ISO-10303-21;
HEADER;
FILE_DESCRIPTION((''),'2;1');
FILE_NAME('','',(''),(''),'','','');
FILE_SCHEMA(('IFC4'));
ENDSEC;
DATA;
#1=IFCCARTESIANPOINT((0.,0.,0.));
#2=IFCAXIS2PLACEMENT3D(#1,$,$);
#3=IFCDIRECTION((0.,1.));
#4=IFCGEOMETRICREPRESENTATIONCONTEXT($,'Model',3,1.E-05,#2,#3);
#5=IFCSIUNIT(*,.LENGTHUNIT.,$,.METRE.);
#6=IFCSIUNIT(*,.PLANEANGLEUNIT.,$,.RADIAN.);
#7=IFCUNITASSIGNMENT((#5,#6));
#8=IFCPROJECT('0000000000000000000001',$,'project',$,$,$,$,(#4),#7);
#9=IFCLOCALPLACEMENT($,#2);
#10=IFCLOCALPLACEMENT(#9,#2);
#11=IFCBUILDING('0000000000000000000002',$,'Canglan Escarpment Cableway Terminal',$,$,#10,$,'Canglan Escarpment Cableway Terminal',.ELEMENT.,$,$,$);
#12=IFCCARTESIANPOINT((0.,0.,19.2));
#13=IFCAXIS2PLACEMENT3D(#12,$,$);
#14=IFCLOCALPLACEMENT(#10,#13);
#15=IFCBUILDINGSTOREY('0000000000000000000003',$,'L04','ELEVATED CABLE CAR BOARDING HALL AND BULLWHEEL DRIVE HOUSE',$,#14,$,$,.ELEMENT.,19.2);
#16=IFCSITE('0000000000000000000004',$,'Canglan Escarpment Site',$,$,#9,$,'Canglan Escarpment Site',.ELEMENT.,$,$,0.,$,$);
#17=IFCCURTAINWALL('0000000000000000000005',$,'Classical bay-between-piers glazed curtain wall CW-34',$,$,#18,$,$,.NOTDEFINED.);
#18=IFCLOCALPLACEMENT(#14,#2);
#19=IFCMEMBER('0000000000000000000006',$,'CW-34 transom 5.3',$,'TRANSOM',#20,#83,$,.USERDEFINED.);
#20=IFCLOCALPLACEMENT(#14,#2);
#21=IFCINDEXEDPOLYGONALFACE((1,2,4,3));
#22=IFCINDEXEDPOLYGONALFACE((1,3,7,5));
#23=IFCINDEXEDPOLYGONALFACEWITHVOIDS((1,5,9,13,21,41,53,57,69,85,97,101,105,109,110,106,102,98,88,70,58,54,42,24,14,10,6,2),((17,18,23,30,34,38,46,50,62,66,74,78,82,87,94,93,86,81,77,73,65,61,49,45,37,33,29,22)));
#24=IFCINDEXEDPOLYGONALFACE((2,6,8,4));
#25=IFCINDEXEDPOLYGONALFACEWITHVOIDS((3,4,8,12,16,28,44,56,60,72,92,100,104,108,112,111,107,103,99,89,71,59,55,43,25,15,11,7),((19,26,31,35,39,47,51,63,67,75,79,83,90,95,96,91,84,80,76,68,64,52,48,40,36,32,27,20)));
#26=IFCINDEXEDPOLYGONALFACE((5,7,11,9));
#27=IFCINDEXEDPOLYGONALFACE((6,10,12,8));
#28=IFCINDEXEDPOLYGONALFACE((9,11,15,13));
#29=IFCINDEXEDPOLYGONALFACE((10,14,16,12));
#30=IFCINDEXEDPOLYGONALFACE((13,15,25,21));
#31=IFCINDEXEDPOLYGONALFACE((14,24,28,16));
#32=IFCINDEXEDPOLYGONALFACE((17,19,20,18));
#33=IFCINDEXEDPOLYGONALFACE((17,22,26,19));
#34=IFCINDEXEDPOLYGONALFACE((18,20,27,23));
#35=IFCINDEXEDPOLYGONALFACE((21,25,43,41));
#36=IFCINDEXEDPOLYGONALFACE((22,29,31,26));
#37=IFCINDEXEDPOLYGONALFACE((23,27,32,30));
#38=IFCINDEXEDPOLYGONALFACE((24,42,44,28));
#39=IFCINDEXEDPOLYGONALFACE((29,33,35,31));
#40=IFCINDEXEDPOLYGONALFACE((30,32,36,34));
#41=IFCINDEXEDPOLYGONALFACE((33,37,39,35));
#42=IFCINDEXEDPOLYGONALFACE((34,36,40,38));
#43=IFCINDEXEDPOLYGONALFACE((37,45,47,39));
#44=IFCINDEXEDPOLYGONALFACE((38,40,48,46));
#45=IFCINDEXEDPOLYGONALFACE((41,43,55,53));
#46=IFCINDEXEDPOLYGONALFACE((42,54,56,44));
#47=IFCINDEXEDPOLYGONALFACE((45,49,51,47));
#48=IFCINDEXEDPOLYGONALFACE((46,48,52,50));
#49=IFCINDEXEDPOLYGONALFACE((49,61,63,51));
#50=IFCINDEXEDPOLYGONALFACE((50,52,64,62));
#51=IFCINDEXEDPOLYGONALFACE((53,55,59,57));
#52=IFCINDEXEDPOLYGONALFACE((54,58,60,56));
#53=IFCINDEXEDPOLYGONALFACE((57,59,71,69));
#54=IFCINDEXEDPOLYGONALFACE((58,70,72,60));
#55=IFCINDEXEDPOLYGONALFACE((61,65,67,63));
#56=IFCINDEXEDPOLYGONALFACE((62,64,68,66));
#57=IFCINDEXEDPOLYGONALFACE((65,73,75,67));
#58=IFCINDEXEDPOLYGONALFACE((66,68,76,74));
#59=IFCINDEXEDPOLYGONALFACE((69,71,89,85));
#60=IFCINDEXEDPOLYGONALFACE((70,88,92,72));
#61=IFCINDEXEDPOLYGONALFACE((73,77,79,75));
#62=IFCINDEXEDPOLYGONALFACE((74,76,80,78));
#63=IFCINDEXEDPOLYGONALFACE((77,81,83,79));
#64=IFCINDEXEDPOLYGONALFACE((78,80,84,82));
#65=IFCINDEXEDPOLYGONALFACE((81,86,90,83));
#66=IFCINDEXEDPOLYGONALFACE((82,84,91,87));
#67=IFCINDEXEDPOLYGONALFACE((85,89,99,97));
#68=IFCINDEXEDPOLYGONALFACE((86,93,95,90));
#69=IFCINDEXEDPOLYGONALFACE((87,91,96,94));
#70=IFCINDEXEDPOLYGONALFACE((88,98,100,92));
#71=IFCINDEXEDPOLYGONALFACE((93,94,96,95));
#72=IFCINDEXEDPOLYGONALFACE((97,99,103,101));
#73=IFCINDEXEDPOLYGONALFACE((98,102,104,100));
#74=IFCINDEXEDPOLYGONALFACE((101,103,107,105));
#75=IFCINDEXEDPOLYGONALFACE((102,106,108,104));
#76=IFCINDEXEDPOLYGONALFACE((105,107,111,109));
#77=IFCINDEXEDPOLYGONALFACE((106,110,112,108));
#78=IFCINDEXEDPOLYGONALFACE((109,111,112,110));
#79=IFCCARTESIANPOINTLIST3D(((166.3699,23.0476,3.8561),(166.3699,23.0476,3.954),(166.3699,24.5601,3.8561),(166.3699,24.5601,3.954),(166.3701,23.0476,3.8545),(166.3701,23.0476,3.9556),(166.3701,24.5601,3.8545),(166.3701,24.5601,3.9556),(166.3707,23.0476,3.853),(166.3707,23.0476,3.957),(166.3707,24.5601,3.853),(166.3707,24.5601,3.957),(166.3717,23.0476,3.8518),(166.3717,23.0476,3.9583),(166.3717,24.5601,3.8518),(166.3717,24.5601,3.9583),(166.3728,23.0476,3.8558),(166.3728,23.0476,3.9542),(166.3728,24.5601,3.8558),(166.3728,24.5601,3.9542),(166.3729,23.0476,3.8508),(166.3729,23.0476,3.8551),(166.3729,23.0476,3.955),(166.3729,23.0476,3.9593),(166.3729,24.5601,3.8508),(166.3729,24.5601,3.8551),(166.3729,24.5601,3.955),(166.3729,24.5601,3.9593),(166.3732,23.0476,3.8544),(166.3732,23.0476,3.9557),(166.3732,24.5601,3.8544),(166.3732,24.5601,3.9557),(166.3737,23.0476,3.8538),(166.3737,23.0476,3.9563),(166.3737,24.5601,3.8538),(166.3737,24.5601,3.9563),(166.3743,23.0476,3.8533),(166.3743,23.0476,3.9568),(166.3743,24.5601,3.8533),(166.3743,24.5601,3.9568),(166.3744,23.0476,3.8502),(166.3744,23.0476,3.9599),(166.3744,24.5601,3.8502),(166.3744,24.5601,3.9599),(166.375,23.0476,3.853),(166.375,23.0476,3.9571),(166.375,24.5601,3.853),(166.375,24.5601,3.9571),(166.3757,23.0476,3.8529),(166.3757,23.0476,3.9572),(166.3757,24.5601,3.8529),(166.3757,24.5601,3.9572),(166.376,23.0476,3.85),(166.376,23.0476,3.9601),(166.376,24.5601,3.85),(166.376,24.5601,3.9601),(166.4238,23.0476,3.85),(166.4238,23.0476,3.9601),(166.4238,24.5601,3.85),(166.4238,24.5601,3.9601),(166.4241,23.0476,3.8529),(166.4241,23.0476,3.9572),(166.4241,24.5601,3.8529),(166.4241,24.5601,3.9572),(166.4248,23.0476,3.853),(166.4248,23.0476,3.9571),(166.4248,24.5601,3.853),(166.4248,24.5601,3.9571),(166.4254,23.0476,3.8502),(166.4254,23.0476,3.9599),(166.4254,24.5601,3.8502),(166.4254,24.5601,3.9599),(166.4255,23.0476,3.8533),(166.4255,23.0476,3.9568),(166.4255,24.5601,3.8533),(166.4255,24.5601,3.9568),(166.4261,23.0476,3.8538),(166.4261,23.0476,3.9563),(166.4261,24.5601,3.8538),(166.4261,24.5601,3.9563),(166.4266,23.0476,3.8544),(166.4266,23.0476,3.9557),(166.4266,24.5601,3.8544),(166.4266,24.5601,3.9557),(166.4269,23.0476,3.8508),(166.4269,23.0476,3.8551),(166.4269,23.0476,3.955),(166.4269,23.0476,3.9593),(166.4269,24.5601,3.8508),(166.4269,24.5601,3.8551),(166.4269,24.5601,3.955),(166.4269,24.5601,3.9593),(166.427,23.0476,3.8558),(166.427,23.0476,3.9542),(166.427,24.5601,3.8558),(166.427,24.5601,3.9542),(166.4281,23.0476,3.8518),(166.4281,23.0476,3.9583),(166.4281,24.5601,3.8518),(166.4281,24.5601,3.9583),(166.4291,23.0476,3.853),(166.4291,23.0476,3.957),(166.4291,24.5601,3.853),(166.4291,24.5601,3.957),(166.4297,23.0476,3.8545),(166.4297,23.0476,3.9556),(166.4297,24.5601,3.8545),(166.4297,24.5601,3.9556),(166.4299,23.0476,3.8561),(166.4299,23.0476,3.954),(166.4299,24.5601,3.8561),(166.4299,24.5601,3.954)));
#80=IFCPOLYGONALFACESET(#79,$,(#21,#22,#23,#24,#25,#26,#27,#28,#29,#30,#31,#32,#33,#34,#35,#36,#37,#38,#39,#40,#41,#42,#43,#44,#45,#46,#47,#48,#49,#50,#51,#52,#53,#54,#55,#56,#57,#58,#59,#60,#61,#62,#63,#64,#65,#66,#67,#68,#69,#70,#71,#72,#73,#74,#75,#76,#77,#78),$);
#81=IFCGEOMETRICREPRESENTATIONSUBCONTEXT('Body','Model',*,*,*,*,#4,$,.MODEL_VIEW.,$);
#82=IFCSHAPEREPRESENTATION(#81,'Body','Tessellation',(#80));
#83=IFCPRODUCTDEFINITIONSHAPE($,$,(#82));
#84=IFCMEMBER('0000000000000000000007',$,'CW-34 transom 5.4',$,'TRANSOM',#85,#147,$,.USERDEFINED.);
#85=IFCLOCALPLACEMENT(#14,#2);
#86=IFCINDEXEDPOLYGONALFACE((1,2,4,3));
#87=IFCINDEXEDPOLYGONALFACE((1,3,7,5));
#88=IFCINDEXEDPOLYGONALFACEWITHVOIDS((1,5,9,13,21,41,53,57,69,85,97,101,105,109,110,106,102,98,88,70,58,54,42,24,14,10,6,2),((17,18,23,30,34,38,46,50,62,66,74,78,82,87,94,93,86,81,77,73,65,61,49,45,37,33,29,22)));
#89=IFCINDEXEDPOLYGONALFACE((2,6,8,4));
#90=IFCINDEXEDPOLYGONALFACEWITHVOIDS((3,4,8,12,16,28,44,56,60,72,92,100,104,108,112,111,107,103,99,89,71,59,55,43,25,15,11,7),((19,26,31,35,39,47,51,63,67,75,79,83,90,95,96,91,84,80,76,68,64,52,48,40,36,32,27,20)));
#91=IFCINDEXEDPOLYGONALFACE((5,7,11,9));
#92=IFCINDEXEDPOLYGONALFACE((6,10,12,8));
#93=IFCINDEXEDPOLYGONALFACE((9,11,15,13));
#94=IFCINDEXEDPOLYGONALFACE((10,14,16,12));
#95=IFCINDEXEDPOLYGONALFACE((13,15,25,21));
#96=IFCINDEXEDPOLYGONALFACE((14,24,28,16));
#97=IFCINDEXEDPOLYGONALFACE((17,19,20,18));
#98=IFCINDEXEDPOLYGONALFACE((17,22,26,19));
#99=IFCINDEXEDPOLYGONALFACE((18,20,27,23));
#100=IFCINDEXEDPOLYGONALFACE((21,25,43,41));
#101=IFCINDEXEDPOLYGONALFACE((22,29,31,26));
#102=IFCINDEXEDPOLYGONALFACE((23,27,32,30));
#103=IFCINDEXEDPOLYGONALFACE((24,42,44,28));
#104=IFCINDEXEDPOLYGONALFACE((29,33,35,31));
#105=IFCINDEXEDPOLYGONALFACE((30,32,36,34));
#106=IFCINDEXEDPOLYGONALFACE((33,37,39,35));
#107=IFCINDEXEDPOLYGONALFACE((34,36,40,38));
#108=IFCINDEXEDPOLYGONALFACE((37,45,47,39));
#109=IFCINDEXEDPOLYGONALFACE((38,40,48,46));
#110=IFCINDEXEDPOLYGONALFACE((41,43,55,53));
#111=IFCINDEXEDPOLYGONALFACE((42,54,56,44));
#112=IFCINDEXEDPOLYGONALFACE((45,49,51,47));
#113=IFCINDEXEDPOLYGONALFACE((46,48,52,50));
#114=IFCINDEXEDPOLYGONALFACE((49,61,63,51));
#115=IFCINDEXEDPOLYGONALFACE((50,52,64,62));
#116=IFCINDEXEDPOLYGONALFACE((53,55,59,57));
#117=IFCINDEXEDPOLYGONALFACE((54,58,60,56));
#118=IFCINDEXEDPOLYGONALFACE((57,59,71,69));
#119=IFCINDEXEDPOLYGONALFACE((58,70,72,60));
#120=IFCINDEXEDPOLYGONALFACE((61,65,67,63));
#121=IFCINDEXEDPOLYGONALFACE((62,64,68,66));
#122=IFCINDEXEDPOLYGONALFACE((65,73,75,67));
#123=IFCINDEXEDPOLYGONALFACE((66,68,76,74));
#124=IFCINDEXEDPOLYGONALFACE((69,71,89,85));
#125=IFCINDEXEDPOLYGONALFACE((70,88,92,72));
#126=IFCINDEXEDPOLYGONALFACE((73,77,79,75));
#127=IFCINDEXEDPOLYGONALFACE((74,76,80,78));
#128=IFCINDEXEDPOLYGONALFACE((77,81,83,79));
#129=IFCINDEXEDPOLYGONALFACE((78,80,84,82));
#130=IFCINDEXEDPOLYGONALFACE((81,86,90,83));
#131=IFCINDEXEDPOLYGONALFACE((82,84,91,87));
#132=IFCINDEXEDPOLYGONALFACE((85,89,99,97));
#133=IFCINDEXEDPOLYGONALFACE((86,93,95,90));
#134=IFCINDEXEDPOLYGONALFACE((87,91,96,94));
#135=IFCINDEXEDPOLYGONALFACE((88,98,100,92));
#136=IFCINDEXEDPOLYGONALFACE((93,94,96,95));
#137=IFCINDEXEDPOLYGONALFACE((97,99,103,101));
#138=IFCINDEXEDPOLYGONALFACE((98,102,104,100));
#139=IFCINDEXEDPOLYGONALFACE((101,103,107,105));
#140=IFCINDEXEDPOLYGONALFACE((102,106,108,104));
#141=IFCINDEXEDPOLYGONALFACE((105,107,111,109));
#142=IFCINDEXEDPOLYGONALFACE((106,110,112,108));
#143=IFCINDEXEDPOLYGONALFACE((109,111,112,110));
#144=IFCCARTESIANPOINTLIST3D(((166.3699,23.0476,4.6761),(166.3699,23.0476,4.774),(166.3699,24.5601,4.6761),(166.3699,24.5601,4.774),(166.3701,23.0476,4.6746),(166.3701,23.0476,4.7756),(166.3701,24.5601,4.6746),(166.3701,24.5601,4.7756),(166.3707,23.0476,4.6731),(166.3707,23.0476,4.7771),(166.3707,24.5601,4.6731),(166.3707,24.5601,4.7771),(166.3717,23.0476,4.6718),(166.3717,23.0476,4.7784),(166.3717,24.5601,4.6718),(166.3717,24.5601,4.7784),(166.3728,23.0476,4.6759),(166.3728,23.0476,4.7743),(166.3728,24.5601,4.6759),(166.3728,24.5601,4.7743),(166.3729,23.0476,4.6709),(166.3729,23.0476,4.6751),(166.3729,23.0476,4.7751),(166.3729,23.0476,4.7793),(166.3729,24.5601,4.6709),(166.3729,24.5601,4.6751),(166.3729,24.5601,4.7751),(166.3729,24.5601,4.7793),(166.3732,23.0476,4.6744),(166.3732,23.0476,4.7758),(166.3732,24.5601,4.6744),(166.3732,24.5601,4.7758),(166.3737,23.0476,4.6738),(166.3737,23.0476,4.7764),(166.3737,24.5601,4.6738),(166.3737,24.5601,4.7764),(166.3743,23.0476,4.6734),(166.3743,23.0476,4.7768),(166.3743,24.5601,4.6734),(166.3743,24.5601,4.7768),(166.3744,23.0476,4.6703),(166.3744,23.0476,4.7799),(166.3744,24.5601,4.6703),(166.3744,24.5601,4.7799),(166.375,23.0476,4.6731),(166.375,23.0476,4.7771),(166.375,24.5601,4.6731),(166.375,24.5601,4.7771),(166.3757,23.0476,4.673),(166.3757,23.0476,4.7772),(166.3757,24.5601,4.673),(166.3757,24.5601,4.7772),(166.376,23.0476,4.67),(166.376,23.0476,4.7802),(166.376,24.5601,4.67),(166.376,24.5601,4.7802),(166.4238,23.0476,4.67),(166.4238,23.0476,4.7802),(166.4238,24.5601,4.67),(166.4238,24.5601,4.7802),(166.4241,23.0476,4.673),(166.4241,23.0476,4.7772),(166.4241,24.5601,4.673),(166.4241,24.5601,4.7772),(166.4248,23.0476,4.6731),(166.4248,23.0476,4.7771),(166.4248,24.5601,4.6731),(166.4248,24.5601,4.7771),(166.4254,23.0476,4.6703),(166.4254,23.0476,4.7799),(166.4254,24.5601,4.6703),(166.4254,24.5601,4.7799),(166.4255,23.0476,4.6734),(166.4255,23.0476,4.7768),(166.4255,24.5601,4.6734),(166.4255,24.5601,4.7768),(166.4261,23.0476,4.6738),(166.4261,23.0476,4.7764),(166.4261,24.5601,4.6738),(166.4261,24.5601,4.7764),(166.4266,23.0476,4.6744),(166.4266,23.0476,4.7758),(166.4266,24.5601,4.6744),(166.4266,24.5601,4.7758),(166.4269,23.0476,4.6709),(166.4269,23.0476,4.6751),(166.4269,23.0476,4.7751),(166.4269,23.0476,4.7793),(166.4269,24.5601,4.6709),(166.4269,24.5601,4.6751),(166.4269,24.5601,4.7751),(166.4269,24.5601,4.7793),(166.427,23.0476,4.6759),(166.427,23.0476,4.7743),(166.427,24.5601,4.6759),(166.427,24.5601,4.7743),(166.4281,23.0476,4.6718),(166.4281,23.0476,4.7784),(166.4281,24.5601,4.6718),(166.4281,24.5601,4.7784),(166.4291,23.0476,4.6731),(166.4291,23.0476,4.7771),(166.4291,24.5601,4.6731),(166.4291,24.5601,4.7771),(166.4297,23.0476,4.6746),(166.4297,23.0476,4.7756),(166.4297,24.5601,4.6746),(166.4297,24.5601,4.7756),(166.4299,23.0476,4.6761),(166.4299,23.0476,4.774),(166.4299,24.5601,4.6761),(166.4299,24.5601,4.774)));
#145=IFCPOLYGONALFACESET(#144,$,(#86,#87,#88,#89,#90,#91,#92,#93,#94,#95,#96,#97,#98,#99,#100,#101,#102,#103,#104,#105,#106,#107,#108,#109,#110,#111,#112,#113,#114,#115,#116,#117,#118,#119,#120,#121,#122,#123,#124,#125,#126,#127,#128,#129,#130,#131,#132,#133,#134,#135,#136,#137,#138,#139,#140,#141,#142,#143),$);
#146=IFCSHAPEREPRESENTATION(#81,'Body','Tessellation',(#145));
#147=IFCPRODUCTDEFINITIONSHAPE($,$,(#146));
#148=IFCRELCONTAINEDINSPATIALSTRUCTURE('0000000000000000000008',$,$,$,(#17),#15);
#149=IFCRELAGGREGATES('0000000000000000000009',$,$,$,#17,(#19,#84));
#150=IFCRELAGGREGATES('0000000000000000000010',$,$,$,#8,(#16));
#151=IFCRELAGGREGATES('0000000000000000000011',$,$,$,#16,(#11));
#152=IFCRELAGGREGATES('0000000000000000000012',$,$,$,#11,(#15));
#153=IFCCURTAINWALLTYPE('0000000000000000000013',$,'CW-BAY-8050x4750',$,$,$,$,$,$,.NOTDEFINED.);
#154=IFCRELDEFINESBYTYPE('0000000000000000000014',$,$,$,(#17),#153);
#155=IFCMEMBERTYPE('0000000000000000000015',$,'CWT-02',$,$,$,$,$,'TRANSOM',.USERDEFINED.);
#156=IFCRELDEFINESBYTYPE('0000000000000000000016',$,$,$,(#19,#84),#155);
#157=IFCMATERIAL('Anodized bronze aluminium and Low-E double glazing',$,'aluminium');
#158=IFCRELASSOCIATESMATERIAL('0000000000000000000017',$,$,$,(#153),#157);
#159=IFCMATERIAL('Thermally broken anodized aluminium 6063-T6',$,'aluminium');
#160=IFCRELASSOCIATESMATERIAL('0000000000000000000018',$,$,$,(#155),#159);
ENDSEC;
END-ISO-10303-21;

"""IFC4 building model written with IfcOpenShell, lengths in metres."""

from ifc_helpers import new_model, si_unit, direction, frame, origin, origin_2d, place, context, subcontext, project, spatial, hollow_rectangle, extrude, material, material_profile, profile_set, type_object, element, aggregate, save


model = new_model("IFC4")

# Units and contexts
model_context = context("Model", 3, precision=1e-05, world=origin(), true_north=direction((0.0, 1.0)))
body_context = subcontext(model_context, "Body", "Model", "MODEL_VIEW")
ifc_project = project(units=[si_unit("LENGTHUNIT", "METRE"), si_unit("PLANEANGLEUNIT", "RADIAN")], contexts=[model_context])

# Site, building, storey
site_placement = place(None, origin())
site = spatial("IfcSite", under=ifc_project, at=site_placement, Name="Canglan Escarpment Site", LongName="Canglan Escarpment Site", CompositionType="ELEMENT", RefElevation=0.0)
building_placement = place(site_placement, origin())
building = spatial("IfcBuilding", under=site, at=building_placement, Name="Canglan Escarpment Cableway Terminal", LongName="Canglan Escarpment Cableway Terminal", CompositionType="ELEMENT")
storey_placement = place(building_placement, frame((0.0, 0.0, 19.2)))
storey = spatial("IfcBuildingStorey", under=building, at=storey_placement, Name="L04", Description="ELEVATED CABLE CAR BOARDING HALL AND BULLWHEEL DRIVE HOUSE", CompositionType="ELEMENT", Elevation=19.2)

# Curtain wall
ifc_material_1 = material(Name="Anodized bronze aluminium and Low-E double glazing", Category="aluminium")
curtain_wall_type_1 = type_object("IfcCurtainWallType", Name="CW-BAY-8050x4750", PredefinedType="NOTDEFINED", material=ifc_material_1)
curtain_wall_1_placement = place(storey_placement, origin())
curtain_wall_1 = element("IfcCurtainWall", 1, at=curtain_wall_1_placement, inside=storey, type_object=curtain_wall_type_1, Name="Classical bay-between-piers glazed curtain wall CW-34", PredefinedType="NOTDEFINED")
ifc_material_2 = material(Name="Thermally broken anodized aluminium 6063-T6", Category="aluminium")

# Members
ifc_material_profile_1 = material_profile(ifc_material_2, hollow_rectangle(XDim=0.0601, YDim=0.1101, WallThickness=0.0029, InnerFilletRadius=0.0029, OuterFilletRadius=0.0061, at=origin_2d()), Name="ALU-TRAN 60x110x3")
ifc_profile_set_1 = profile_set([ifc_material_profile_1], Name="Thermally broken anodized aluminium 6063-T6")
member_type_1 = type_object("IfcMemberType", Name="CWT-02", ElementType="TRANSOM", PredefinedType="USERDEFINED", material=ifc_profile_set_1)
member_1_placement = place(storey_placement, frame((166.3999, 23.0476, 3.905), z_axis=(0.0, 1.0, 0.0), x_axis=(-1.0, 0.0, 0.0)))
member_1 = element("IfcMember", 2, at=member_1_placement, type_object=member_type_1, Name="CW-34 transom 5.3", ObjectType="TRANSOM", PredefinedType="USERDEFINED", context=body_context, shape_type="SweptSolid", body=[
    extrude(hollow_rectangle(XDim=0.0601, YDim=0.1101, WallThickness=0.0029, InnerFilletRadius=0.0029, OuterFilletRadius=0.0061, at=origin_2d()), origin(), (0.0, 0.0, 1.0), 1.5125),
])
member_2_placement = place(storey_placement, frame((166.3999, 23.0476, 4.7251), z_axis=(0.0, 1.0, 0.0), x_axis=(-1.0, 0.0, 0.0)))
member_2 = element("IfcMember", 3, at=member_2_placement, type_object=member_type_1, Name="CW-34 transom 5.4", ObjectType="TRANSOM", PredefinedType="USERDEFINED", context=body_context, shape_type="SweptSolid", body=[
    extrude(hollow_rectangle(XDim=0.0601, YDim=0.1101, WallThickness=0.0029, InnerFilletRadius=0.0029, OuterFilletRadius=0.0061, at=origin_2d()), origin(), (0.0, 0.0, 1.0), 1.5125),
])

aggregate(curtain_wall_1, [member_1, member_2])

save(model, "model.ifc")
